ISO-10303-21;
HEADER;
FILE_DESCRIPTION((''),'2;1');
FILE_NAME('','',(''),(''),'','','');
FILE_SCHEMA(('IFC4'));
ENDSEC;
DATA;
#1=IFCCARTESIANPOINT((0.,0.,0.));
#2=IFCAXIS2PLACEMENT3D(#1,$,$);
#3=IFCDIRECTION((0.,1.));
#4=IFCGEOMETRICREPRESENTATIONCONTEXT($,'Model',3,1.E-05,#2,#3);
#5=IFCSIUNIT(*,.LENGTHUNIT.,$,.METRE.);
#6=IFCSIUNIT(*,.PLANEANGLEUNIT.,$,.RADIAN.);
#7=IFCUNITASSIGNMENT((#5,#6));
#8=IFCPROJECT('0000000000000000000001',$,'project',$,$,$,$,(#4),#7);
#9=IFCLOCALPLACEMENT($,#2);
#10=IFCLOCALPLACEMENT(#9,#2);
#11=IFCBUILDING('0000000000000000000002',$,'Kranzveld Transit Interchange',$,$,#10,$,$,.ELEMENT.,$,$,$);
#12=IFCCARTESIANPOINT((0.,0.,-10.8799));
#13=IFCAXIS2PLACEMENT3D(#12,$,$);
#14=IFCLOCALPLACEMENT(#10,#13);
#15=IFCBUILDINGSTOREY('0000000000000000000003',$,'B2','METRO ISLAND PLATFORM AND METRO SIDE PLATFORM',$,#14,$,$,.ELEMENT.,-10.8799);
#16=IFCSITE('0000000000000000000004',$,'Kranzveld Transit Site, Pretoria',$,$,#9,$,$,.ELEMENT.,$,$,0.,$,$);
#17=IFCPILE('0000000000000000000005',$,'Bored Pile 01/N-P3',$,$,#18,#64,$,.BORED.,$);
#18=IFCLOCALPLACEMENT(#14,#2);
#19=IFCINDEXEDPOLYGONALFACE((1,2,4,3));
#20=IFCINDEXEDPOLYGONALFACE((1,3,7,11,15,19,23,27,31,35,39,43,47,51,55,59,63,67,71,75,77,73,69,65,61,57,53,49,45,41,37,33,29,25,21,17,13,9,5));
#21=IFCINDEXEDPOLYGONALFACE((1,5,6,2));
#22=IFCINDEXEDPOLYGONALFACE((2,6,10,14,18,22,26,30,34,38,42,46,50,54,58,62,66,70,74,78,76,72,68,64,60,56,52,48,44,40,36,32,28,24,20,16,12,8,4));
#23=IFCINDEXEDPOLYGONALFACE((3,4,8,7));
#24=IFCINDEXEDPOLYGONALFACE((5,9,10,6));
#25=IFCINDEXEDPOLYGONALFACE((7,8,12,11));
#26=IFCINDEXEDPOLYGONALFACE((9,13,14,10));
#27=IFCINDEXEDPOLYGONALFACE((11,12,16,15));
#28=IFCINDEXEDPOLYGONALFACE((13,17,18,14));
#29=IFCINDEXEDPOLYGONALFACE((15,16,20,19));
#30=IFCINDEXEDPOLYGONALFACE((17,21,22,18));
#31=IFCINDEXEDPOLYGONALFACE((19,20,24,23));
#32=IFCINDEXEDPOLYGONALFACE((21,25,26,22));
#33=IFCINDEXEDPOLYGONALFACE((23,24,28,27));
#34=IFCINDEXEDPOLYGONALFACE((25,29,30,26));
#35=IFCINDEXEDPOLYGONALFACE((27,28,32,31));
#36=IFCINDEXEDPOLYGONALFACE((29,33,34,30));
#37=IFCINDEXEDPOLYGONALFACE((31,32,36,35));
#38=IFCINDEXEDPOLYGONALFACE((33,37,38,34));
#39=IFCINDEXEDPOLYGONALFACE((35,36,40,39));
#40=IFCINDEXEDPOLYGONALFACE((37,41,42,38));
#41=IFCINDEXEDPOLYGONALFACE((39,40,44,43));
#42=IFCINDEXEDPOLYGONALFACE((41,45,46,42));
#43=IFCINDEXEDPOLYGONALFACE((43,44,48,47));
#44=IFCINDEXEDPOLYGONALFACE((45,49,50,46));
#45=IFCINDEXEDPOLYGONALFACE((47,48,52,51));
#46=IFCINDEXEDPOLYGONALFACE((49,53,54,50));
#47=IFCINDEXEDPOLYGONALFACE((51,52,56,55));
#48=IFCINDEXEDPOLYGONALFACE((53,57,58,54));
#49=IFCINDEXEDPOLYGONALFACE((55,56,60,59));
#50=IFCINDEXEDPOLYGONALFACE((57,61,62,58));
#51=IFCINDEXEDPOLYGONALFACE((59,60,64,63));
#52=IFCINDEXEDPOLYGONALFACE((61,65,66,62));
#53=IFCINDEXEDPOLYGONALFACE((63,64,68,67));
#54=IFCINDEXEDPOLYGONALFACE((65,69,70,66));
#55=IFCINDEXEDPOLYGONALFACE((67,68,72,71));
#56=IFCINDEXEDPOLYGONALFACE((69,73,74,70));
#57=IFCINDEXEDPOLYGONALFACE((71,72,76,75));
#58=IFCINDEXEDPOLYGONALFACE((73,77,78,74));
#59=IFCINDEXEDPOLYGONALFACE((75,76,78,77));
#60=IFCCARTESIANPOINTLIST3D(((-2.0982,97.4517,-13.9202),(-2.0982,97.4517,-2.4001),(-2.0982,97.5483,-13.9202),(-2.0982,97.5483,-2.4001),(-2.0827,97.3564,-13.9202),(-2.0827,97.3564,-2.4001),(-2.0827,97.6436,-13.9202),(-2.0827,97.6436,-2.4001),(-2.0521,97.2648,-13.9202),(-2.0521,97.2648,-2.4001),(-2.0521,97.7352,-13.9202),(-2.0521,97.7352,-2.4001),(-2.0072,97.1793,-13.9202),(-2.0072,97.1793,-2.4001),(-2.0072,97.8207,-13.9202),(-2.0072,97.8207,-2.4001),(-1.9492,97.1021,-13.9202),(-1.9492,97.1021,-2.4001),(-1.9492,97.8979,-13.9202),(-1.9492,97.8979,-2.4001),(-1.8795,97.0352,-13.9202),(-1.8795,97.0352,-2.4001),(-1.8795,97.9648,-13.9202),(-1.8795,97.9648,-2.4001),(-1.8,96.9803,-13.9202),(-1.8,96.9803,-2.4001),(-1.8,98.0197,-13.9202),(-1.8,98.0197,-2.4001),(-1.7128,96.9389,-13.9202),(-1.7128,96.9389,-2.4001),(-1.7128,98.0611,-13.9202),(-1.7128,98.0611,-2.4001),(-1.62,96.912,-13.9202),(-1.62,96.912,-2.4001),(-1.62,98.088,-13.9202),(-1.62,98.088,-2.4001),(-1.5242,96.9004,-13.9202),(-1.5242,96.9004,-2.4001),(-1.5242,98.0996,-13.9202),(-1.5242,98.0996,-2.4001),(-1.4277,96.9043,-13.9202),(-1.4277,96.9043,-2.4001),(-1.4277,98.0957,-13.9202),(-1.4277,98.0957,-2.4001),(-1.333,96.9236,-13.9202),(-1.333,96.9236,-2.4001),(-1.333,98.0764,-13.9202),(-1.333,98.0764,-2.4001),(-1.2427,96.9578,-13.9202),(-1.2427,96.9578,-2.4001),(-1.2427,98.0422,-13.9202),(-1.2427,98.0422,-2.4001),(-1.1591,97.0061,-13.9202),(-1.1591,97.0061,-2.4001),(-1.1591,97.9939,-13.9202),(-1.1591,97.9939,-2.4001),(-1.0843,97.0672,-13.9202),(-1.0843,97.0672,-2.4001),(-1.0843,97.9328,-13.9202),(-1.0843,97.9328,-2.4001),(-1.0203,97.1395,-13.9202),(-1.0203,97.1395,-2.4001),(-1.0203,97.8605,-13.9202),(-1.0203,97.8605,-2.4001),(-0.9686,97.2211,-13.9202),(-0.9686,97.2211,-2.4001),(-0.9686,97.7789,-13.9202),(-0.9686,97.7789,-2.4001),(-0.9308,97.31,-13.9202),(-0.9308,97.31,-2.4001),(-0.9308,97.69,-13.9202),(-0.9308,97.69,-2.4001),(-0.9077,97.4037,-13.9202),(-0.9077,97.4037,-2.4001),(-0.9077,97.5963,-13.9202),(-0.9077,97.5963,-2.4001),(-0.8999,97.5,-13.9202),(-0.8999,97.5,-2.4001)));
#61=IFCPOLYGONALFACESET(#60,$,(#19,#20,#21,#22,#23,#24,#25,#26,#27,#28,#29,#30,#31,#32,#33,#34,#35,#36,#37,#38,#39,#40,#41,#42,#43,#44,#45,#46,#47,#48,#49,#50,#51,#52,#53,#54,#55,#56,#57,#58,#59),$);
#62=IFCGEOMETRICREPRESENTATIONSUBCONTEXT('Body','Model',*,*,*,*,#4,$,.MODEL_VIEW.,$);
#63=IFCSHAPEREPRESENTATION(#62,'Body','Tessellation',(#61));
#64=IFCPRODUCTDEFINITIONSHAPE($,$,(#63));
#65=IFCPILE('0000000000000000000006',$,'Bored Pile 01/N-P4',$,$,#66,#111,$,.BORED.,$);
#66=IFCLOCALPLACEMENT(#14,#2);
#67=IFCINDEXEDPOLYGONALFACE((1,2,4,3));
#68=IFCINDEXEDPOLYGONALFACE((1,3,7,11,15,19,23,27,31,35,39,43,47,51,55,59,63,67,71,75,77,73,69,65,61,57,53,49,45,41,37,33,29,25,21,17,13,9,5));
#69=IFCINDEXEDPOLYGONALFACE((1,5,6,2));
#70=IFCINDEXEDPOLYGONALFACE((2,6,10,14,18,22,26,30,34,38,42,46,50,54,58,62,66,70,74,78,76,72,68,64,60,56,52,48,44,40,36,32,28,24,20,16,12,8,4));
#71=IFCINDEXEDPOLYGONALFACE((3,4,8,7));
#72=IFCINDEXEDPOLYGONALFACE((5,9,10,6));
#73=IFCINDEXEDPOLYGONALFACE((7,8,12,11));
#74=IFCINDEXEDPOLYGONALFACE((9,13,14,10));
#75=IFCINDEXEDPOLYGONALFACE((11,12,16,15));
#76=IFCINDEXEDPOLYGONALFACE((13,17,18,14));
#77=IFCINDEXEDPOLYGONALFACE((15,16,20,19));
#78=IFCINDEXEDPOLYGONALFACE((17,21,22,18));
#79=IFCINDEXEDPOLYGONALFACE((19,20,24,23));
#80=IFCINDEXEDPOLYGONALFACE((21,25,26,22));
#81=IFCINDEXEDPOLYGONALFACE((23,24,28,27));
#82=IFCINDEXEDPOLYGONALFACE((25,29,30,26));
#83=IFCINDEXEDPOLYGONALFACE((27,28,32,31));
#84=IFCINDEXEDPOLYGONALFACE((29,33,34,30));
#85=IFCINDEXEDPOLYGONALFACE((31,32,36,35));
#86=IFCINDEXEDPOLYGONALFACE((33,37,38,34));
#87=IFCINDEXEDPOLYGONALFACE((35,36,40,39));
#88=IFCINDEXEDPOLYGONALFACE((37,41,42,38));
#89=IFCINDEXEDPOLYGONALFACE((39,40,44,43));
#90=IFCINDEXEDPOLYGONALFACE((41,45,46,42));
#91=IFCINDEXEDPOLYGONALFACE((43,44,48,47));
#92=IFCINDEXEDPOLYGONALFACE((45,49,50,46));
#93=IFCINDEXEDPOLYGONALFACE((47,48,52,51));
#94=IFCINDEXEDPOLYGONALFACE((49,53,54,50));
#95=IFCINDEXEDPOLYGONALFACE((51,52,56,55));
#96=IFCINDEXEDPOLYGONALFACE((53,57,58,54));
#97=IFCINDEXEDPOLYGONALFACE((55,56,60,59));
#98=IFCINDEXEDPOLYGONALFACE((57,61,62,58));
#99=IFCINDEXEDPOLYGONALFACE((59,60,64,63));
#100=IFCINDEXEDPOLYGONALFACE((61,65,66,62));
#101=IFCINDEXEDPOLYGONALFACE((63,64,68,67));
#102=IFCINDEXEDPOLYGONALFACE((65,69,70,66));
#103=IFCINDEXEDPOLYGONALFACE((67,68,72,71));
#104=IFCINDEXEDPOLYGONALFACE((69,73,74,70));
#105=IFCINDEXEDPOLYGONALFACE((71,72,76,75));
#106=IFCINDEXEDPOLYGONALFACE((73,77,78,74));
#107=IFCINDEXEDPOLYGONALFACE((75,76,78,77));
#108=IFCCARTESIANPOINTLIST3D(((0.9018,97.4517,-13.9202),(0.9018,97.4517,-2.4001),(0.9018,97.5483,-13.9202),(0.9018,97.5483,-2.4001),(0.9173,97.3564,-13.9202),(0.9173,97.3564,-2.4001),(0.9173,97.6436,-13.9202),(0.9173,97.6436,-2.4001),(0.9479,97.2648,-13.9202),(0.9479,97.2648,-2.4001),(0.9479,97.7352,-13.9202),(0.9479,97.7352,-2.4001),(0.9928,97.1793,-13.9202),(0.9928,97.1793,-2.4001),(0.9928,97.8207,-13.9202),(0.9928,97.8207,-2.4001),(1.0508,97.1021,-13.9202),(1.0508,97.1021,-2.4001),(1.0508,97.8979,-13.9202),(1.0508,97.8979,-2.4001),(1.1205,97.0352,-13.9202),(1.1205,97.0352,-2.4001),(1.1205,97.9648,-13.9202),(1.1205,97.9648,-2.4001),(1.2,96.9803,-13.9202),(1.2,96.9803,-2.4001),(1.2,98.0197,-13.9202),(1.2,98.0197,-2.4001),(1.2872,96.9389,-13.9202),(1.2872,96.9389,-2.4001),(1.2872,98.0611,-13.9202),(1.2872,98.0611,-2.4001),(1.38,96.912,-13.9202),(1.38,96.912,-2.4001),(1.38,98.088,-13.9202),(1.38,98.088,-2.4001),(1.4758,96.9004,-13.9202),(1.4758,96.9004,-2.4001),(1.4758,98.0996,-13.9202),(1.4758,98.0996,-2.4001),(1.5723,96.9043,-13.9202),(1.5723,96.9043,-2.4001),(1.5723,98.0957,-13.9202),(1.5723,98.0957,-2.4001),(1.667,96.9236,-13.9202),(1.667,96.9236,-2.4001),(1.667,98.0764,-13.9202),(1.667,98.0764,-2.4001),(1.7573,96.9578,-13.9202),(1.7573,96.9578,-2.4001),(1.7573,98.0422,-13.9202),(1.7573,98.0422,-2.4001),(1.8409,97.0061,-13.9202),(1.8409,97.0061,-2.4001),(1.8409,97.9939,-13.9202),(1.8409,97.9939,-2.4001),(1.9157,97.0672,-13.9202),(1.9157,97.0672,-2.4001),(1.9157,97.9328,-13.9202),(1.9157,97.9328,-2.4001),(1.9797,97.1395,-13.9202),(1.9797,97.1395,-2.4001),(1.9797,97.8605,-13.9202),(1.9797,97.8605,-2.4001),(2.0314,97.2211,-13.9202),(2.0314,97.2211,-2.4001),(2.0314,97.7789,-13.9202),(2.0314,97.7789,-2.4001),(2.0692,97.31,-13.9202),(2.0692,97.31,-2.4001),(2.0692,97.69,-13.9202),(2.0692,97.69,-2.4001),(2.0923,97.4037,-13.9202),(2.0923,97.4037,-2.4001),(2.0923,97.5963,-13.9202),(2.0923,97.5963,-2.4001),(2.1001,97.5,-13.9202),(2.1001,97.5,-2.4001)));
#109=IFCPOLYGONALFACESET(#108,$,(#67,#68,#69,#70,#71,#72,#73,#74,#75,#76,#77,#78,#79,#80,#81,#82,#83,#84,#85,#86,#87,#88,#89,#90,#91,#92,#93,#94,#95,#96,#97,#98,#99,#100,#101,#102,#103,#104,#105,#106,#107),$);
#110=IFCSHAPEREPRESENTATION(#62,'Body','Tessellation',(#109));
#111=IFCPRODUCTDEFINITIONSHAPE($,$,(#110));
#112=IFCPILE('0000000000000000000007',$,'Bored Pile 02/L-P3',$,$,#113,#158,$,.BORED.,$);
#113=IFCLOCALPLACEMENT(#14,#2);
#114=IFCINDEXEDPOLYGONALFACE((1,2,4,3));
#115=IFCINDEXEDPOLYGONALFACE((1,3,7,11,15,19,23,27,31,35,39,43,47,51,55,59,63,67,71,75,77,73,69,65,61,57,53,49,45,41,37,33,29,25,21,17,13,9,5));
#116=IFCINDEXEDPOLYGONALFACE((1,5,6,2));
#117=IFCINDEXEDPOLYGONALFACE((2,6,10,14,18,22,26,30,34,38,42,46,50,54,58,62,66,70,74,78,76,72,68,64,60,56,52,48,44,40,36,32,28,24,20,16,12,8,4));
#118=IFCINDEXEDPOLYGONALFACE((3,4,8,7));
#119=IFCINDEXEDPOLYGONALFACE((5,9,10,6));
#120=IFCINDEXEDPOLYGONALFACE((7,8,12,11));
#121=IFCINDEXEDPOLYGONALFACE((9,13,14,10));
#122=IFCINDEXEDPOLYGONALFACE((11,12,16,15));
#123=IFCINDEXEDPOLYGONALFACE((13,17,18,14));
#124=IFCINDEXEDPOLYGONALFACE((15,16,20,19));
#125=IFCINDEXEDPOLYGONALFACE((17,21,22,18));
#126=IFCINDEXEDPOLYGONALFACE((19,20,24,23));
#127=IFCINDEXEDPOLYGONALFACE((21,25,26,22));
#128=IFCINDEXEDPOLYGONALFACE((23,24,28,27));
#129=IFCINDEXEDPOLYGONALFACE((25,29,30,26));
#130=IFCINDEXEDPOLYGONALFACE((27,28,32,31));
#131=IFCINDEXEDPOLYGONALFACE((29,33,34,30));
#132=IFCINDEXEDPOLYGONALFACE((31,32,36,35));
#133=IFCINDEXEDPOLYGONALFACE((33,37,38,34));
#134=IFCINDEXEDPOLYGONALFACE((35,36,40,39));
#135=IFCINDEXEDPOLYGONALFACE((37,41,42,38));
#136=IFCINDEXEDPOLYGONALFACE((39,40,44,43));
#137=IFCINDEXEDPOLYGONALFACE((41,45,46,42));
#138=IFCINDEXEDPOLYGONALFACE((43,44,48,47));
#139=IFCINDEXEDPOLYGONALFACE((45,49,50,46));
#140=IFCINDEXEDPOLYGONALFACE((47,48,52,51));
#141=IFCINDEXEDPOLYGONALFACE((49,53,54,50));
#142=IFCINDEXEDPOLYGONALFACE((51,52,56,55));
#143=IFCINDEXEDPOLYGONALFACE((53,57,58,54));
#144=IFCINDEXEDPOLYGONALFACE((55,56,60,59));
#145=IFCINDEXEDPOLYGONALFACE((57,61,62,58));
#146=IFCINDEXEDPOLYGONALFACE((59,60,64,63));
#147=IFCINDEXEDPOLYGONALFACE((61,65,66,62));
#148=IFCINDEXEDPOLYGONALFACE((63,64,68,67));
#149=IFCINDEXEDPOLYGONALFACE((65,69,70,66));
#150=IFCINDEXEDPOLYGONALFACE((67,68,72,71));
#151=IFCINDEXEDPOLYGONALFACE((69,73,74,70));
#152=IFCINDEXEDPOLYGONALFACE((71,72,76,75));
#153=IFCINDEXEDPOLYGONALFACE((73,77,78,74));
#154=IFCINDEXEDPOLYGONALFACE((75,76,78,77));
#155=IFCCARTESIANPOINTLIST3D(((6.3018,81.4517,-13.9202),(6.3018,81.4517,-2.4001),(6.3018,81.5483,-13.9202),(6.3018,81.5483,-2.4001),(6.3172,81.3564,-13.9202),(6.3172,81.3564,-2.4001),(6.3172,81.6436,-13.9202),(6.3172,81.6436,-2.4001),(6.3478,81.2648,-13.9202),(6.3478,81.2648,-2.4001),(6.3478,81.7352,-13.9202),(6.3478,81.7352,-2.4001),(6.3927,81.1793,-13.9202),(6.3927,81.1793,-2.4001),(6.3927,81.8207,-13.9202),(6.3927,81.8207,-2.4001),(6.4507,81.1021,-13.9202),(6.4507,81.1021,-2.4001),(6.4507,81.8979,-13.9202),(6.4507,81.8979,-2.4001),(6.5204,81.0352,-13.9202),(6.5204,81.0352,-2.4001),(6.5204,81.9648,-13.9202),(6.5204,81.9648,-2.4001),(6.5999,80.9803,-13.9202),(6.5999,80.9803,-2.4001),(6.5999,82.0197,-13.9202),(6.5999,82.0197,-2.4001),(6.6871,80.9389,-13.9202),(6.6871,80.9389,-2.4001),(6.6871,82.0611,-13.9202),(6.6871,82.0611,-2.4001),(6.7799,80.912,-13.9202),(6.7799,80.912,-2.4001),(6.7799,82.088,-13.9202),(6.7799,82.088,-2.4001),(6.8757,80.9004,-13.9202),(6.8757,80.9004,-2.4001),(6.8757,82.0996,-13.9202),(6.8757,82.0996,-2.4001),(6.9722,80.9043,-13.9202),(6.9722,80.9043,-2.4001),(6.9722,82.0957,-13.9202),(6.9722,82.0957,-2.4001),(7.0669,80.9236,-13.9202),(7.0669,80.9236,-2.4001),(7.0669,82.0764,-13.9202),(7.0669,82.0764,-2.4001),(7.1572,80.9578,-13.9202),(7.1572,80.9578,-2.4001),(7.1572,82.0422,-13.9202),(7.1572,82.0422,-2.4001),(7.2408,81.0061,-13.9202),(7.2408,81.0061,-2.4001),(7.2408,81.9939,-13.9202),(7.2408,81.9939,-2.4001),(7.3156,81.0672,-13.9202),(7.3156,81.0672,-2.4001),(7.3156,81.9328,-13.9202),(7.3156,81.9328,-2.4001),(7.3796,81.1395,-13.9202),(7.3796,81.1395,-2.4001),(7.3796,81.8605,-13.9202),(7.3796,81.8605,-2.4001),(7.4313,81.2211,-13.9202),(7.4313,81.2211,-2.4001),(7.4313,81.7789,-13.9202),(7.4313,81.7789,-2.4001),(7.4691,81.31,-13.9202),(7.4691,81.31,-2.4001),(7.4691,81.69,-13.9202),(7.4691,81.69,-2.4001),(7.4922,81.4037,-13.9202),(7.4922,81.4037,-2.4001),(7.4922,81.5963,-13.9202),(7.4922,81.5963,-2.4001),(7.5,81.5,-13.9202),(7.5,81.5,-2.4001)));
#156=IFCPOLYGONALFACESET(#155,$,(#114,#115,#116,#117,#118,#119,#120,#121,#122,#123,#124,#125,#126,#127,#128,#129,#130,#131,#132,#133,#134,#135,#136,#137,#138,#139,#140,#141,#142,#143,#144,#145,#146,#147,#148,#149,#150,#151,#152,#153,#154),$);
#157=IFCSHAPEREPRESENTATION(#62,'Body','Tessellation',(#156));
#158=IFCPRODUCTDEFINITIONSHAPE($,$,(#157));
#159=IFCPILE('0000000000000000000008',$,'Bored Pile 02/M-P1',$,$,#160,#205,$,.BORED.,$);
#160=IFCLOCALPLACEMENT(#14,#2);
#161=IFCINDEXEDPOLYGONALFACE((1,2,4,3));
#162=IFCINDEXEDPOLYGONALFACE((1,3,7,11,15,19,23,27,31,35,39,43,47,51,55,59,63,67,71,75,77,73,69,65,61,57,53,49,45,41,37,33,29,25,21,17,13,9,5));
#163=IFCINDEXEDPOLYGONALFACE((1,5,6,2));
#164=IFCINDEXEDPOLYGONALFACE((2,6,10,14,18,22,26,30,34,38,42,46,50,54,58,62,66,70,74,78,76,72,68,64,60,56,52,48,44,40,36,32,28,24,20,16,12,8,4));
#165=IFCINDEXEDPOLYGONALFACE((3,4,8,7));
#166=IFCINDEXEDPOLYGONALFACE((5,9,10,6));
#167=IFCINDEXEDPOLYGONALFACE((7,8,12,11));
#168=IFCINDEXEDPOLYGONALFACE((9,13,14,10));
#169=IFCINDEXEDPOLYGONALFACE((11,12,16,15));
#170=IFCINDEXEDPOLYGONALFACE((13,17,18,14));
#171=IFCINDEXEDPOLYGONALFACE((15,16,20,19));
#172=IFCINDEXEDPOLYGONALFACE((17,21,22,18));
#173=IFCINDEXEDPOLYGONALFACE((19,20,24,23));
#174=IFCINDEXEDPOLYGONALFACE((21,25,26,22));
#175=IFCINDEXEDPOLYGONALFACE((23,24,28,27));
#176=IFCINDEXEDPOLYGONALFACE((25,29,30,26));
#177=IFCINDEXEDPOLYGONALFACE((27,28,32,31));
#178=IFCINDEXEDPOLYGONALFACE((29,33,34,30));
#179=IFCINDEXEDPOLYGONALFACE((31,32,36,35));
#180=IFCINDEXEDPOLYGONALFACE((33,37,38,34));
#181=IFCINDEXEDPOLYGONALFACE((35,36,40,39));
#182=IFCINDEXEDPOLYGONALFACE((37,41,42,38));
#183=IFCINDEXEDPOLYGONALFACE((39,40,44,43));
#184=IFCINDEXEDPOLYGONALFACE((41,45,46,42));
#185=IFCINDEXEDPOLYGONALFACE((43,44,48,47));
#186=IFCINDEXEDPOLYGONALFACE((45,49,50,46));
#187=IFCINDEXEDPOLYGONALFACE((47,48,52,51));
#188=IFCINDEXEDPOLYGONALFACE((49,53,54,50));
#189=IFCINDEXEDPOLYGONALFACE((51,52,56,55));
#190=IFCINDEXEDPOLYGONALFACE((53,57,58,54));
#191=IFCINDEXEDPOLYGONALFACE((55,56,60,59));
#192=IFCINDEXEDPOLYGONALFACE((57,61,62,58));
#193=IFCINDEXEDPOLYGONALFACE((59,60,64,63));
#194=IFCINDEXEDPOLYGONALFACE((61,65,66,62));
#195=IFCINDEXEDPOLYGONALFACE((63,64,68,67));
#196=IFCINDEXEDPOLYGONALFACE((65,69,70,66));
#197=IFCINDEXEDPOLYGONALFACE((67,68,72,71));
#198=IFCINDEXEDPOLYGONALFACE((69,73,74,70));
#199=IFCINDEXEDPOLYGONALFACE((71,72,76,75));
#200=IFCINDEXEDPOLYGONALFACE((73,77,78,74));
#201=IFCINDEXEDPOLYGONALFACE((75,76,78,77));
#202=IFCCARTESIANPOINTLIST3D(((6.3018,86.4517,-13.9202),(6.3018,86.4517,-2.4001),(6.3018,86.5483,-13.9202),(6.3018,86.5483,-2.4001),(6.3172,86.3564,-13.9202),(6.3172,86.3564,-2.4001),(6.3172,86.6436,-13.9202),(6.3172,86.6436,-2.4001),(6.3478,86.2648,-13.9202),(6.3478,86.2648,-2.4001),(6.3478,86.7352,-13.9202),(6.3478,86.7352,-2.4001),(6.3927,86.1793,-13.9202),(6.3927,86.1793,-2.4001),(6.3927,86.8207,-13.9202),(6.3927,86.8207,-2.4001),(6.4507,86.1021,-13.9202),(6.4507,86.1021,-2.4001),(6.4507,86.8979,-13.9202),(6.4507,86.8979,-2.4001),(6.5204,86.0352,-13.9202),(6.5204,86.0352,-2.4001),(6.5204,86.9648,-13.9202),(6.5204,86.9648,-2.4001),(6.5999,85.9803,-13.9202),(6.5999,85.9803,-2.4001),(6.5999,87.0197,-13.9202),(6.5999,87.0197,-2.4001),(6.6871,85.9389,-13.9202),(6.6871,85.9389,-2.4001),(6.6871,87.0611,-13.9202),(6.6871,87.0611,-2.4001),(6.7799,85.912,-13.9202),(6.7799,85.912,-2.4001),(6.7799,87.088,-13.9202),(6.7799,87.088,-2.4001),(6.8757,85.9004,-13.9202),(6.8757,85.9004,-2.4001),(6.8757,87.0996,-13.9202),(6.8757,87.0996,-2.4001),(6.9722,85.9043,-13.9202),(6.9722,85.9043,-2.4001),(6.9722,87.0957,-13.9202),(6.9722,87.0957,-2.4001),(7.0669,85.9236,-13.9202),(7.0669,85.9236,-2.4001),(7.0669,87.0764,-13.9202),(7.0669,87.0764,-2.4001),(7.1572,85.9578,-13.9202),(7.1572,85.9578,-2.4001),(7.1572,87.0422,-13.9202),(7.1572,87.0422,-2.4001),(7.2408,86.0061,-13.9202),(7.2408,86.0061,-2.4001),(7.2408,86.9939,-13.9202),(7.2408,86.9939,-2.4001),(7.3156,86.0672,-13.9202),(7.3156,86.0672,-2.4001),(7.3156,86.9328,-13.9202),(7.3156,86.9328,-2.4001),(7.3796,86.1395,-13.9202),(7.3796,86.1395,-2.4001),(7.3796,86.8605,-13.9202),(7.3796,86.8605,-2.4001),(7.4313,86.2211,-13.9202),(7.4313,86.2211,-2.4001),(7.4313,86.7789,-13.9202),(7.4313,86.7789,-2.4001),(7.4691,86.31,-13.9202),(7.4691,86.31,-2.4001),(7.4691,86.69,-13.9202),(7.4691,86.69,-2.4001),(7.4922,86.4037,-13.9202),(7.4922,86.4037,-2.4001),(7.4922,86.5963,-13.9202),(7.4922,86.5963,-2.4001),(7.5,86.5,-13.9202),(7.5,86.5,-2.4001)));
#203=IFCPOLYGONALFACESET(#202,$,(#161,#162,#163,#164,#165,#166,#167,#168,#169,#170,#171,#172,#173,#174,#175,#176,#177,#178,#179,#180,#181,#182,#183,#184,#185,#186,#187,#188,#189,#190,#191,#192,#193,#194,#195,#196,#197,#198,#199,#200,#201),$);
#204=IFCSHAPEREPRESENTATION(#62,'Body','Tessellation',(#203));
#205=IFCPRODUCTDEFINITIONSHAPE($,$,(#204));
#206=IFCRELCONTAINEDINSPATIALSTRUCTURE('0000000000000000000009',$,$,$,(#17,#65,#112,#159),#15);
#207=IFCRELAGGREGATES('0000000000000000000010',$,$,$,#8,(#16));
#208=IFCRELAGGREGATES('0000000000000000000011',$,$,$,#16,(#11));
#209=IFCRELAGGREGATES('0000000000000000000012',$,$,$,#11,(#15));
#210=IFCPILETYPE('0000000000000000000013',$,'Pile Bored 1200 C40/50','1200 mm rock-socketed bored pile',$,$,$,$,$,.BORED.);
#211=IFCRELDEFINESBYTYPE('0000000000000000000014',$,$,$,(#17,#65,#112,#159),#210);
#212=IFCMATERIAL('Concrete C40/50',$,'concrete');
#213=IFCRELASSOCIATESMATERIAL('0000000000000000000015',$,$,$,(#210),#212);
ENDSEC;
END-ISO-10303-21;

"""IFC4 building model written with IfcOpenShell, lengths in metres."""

from ifc_helpers import new_model, si_unit, direction, frame, origin, origin_2d, place, context, subcontext, project, spatial, circle, extrude, material, material_profile, profile_set, type_object, element, save


model = new_model("IFC4")

# Units and contexts
model_context = context("Model", 3, precision=1e-05, world=origin(), true_north=direction((0.0, 1.0)))
body_context = subcontext(model_context, "Body", "Model", "MODEL_VIEW")
ifc_project = project(units=[si_unit("LENGTHUNIT", "METRE"), si_unit("PLANEANGLEUNIT", "RADIAN")], contexts=[model_context])

# Site, building, storey
site_placement = place(None, origin())
site = spatial("IfcSite", under=ifc_project, at=site_placement, Name="Kranzveld Transit Site, Pretoria", CompositionType="ELEMENT", RefElevation=0.0)
building_placement = place(site_placement, origin())
building = spatial("IfcBuilding", under=site, at=building_placement, Name="Kranzveld Transit Interchange", CompositionType="ELEMENT")
storey_placement = place(building_placement, frame((0.0, 0.0, -10.8799)))
storey = spatial("IfcBuildingStorey", under=building, at=storey_placement, Name="B2", Description="METRO ISLAND PLATFORM AND METRO SIDE PLATFORM", CompositionType="ELEMENT", Elevation=-10.8799)

# Piles
ifc_material_1 = material(Name="Concrete C40/50", Category="concrete")
ifc_material_profile_1 = material_profile(ifc_material_1, circle(Radius=0.6001, at=origin_2d()), Name="BORED PILE 1200")
ifc_profile_set_1 = profile_set([ifc_material_profile_1], Name="Concrete C40/50")
pile_type = type_object("IfcPileType", Name="Pile Bored 1200 C40/50", Description="1200 mm rock-socketed bored pile", PredefinedType="BORED", material=ifc_profile_set_1)
for number, where, z_axis, x_axis, name in (
    (1, (-1.5, 97.5, -2.4001), (0.0, 0.0, -1.0), (1.0, 0.0, 0.0), "Bored Pile 01/N-P3"),
    (2, (1.5, 97.5, -2.4001), (0.0, 0.0, -1.0), (1.0, 0.0, 0.0), "Bored Pile 01/N-P4"),
    (3, (6.8999, 81.5, -2.4001), (0.0, 0.0, -1.0), (1.0, 0.0, 0.0), "Bored Pile 02/L-P3"),
    (4, (6.8999, 86.5, -2.4001), (0.0, 0.0, -1.0), (1.0, 0.0, 0.0), "Bored Pile 02/M-P1"),
):
    element("IfcPile", number, at=place(storey_placement, frame(where, z_axis=z_axis, x_axis=x_axis)), inside=storey, type_object=pile_type, Name=name, PredefinedType="BORED", context=body_context, shape_type="SweptSolid", body=[
        extrude(circle(Radius=0.6001, at=origin_2d()), origin(), (0.0, 0.0, 1.0), 11.52),
    ])

save(model, "model.ifc")
